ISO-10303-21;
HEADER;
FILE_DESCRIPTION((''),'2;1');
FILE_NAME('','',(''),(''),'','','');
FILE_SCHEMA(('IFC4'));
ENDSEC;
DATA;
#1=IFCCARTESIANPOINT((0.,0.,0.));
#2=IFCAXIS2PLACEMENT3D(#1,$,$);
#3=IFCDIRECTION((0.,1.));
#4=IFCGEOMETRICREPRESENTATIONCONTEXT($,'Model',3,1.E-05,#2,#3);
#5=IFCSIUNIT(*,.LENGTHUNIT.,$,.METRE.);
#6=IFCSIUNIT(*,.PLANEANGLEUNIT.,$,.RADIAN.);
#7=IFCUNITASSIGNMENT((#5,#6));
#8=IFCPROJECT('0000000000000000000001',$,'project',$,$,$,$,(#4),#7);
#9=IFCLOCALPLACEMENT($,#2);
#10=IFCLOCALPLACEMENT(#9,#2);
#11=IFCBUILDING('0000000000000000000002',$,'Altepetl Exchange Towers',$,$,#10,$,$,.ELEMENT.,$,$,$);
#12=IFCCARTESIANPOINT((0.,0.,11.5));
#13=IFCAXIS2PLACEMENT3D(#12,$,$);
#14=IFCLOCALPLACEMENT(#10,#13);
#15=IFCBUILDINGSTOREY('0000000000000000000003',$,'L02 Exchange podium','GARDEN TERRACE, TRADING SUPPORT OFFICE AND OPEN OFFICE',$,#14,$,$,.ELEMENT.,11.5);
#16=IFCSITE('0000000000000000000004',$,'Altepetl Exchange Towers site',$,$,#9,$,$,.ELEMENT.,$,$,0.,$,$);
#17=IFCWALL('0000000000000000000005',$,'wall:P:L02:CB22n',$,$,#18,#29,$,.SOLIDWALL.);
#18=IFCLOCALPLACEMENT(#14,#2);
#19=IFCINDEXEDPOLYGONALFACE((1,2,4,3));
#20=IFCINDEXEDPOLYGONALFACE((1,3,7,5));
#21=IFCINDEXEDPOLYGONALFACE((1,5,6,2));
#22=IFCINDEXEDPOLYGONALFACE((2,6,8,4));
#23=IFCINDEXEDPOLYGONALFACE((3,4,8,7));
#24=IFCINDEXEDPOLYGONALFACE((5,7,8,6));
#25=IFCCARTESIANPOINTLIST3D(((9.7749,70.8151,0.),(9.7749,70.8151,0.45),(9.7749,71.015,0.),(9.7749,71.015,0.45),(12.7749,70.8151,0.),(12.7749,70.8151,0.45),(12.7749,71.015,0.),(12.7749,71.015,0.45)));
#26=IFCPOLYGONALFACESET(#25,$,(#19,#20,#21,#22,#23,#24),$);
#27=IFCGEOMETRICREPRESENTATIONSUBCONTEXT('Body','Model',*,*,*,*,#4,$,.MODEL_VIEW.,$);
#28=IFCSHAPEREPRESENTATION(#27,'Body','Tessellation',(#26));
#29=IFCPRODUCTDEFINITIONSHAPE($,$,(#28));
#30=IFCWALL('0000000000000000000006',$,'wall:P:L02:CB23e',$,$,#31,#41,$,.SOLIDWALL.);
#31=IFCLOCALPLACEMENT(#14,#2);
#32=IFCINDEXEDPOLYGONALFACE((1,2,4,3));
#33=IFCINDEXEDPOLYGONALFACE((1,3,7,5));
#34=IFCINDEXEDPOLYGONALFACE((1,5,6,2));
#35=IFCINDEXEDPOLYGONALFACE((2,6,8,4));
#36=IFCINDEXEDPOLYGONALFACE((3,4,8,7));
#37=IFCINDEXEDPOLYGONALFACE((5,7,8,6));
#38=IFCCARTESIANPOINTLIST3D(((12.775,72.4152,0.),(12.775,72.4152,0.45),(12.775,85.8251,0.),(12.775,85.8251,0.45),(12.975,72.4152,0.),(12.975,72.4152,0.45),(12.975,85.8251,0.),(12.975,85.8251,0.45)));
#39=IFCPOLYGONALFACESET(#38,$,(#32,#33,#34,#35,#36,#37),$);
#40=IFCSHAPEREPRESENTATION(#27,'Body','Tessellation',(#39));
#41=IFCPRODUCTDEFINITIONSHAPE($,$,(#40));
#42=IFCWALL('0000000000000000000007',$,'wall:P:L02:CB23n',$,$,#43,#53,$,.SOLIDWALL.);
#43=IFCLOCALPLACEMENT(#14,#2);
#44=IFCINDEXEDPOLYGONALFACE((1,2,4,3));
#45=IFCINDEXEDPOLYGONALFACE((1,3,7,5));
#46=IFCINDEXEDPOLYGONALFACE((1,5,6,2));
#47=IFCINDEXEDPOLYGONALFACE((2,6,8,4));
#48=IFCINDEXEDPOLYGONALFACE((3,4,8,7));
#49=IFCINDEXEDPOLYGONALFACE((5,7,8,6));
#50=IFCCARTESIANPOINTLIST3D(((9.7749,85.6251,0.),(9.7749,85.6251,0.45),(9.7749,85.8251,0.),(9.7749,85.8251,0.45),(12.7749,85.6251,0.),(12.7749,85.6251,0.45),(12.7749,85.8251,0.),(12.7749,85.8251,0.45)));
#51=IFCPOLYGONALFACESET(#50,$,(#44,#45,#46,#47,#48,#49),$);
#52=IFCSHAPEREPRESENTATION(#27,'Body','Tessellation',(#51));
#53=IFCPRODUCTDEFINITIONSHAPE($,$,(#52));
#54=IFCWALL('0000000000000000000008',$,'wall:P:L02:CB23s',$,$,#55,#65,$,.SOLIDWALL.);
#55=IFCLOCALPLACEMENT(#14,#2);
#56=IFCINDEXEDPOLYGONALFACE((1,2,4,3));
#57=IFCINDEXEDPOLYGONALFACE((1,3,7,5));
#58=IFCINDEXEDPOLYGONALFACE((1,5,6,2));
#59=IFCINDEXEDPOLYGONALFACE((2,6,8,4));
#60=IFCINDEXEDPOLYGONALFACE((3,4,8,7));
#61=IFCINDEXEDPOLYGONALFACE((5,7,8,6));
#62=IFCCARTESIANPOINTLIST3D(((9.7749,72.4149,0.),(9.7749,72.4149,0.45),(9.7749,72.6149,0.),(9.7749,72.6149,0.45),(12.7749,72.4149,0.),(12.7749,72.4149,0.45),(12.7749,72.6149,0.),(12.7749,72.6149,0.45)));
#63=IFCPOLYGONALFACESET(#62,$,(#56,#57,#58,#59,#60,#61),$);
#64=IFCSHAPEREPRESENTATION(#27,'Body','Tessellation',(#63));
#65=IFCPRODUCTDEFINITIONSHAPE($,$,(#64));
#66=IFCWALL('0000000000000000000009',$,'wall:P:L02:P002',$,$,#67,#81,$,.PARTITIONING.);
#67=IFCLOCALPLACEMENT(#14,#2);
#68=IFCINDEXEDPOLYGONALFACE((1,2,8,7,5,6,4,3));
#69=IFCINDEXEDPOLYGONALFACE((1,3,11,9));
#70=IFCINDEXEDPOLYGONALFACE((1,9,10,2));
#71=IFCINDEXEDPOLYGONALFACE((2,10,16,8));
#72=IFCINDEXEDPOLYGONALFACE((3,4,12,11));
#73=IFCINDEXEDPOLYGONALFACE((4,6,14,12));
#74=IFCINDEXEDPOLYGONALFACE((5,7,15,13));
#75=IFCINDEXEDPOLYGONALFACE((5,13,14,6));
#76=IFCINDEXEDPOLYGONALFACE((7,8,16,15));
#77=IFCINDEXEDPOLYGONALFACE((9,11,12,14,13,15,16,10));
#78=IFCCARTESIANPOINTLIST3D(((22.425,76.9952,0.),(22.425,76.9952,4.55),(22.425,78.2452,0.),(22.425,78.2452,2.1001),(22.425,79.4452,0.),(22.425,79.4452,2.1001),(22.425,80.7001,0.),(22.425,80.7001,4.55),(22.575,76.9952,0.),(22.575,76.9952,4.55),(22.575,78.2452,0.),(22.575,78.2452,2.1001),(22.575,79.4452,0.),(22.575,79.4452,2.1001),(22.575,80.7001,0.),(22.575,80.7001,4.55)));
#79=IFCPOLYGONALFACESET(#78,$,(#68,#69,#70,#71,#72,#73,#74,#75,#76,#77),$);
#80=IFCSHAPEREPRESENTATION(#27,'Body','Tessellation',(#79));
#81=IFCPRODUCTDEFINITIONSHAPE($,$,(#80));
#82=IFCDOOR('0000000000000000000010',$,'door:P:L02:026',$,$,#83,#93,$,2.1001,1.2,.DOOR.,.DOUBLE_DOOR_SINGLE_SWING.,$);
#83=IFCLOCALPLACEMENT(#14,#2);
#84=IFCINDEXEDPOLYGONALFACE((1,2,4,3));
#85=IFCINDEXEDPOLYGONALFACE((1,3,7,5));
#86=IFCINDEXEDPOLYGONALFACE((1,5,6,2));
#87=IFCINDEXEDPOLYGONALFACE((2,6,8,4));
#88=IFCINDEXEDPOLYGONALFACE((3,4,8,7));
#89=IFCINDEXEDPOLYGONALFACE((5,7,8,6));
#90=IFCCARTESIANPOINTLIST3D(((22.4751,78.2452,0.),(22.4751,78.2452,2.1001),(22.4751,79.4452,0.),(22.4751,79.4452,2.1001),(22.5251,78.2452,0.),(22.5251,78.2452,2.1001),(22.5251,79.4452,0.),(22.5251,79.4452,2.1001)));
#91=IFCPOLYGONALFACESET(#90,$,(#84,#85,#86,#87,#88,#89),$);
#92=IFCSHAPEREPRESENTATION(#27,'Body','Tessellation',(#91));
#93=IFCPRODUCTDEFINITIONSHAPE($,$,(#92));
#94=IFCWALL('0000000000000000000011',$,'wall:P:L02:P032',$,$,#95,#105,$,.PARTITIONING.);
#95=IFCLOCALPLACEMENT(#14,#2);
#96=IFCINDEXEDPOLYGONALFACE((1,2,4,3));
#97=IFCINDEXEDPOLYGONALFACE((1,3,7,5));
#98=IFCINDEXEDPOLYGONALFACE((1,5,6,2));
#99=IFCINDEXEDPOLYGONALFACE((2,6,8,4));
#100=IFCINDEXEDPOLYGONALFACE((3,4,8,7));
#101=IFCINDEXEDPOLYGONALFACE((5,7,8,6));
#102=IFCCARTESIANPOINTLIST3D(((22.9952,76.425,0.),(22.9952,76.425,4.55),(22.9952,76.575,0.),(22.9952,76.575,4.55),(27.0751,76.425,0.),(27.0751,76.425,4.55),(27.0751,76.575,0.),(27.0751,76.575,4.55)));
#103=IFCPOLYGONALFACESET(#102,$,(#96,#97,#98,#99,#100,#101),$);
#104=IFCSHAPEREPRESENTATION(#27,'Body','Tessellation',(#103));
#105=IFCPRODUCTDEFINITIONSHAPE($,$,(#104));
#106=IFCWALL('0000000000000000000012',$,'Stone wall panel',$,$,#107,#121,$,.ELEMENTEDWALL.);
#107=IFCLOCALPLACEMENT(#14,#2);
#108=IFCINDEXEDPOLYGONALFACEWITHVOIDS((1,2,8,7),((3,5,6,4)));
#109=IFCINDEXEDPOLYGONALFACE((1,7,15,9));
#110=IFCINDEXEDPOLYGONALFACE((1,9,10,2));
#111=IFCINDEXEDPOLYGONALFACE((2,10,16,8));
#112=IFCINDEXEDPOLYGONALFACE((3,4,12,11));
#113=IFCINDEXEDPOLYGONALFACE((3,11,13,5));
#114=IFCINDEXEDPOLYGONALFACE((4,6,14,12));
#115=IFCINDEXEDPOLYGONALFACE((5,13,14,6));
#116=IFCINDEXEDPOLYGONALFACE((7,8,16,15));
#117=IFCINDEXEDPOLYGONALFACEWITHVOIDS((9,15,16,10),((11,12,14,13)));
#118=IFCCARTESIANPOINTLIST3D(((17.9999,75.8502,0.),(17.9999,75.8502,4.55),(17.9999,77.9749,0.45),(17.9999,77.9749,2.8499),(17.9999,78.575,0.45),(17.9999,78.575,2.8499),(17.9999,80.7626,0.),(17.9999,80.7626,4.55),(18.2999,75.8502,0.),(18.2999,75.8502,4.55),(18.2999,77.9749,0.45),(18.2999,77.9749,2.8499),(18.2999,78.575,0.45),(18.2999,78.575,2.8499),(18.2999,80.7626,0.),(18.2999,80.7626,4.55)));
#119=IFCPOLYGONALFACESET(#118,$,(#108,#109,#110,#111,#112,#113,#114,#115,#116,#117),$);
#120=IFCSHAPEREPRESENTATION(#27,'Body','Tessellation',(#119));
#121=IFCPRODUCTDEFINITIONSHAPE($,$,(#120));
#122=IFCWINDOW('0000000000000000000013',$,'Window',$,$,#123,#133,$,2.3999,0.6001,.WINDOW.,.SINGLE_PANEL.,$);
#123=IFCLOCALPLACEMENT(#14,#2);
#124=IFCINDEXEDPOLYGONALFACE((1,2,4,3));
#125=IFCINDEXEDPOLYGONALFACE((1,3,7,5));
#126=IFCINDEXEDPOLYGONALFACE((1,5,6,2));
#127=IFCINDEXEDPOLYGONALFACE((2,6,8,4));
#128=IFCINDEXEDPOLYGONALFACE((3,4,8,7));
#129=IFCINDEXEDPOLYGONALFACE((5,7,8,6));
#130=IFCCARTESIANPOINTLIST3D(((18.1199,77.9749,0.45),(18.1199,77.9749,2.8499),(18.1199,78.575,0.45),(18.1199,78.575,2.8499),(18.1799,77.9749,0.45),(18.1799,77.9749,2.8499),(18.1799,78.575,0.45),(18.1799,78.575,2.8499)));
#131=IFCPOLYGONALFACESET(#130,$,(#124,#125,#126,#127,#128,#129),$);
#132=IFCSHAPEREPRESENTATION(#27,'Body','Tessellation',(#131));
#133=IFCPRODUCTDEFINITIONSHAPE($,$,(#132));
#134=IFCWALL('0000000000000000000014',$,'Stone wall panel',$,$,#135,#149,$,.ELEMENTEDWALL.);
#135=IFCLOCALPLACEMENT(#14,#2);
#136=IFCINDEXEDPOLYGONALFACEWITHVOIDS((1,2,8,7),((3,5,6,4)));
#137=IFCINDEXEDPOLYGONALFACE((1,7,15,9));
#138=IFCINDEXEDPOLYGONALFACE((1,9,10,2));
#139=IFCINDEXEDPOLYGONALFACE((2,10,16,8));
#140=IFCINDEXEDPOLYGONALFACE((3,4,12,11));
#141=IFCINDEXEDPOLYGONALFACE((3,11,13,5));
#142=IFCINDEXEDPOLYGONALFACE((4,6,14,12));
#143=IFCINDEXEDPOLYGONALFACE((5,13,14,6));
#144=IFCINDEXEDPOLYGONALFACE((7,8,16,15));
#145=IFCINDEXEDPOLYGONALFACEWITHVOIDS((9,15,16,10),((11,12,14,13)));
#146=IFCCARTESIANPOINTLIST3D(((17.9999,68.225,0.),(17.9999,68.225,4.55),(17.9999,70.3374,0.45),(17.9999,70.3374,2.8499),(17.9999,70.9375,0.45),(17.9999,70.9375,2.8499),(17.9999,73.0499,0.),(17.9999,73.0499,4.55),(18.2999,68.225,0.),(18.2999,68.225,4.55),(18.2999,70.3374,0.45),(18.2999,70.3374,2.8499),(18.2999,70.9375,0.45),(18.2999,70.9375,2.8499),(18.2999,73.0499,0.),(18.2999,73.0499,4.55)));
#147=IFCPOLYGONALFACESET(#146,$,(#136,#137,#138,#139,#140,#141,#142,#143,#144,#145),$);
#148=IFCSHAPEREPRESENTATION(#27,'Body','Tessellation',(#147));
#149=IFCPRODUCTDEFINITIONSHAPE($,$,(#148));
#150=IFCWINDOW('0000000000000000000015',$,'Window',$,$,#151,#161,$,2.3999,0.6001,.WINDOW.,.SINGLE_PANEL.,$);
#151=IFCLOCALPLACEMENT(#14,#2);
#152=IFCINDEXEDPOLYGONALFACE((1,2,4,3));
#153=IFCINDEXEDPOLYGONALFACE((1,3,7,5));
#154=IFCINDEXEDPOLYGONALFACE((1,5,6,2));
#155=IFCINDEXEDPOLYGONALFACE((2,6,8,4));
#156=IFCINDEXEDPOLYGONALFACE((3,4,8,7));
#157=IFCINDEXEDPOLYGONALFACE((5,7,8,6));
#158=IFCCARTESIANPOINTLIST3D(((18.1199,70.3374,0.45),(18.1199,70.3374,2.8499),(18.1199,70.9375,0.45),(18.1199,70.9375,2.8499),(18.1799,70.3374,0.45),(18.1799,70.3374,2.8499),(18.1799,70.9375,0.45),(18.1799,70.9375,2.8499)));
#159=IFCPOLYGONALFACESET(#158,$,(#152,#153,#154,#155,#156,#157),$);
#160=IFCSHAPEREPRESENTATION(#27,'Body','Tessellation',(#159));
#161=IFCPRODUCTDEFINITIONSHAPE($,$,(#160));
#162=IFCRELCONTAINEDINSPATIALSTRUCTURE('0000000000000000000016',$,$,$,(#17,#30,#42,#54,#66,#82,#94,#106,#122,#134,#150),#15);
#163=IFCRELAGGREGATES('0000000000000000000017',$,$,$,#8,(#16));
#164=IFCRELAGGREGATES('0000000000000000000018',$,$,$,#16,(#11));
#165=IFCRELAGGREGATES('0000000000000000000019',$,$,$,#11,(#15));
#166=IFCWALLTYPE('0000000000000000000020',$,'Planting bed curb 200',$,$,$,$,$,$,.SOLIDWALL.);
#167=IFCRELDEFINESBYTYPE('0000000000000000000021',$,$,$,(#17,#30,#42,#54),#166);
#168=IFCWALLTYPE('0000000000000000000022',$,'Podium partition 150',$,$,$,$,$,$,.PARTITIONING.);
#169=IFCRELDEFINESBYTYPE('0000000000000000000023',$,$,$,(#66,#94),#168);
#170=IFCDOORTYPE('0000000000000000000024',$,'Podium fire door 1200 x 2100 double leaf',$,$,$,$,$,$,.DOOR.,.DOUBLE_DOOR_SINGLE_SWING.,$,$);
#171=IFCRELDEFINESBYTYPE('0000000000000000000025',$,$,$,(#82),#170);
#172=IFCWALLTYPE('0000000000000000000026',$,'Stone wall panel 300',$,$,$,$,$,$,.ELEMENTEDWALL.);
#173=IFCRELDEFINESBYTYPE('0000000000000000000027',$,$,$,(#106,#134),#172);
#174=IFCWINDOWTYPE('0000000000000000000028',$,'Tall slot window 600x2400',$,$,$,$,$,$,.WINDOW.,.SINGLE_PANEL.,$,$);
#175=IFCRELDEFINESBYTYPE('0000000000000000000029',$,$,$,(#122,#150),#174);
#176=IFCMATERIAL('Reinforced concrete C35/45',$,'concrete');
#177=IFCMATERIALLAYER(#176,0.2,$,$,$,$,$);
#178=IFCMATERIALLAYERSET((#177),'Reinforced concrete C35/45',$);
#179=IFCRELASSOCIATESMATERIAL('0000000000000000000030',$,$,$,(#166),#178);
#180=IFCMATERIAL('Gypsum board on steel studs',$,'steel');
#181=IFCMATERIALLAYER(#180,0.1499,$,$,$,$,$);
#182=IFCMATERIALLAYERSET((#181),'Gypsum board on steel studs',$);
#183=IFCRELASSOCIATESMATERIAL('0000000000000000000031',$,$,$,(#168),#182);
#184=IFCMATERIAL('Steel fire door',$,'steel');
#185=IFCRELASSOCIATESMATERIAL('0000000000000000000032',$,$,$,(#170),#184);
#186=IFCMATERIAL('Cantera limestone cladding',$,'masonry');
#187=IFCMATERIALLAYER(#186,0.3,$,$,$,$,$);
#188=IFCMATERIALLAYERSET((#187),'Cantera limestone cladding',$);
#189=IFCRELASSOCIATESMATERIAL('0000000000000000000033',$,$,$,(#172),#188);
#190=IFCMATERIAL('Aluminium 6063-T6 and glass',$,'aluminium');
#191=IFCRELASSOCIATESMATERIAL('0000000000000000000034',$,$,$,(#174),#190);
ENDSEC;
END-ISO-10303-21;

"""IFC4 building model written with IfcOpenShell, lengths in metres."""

from ifc_helpers import new_model, si_unit, direction, frame, frame_2d, origin, place, context, subcontext, project, spatial, rectangle, extrude, material, layer, layer_set, type_object, element, fill, save


model = new_model("IFC4")

# Units and contexts
model_context = context("Model", 3, precision=1e-05, world=origin(), true_north=direction((0.0, 1.0)))
body_context = subcontext(model_context, "Body", "Model", "MODEL_VIEW")
ifc_project = project(units=[si_unit("LENGTHUNIT", "METRE"), si_unit("PLANEANGLEUNIT", "RADIAN")], contexts=[model_context])

# Site, building, storey
site_placement = place(None, origin())
site = spatial("IfcSite", under=ifc_project, at=site_placement, Name="Altepetl Exchange Towers site", CompositionType="ELEMENT", RefElevation=0.0)
building_placement = place(site_placement, origin())
building = spatial("IfcBuilding", under=site, at=building_placement, Name="Altepetl Exchange Towers", CompositionType="ELEMENT")
storey_placement = place(building_placement, frame((0.0, 0.0, 11.5)))
storey = spatial("IfcBuildingStorey", under=building, at=storey_placement, Name="L02 Exchange podium", Description="GARDEN TERRACE, TRADING SUPPORT OFFICE AND OPEN OFFICE", CompositionType="ELEMENT", Elevation=11.5)

# Shared definitions
ifc_material_1 = material(Name="Aluminium 6063-T6 and glass", Category="aluminium")

# Walls
ifc_material_2 = material(Name="Reinforced concrete C35/45", Category="concrete")
ifc_layer_1 = layer(ifc_material_2, 0.2)
ifc_layer_set_1 = layer_set([ifc_layer_1], Name="Reinforced concrete C35/45")
wall_type_1 = type_object("IfcWallType", Name="Planting bed curb 200", PredefinedType="SOLIDWALL", material=ifc_layer_set_1)
wall_1_placement = place(storey_placement, frame((9.7749, 70.915, 0.0)))
element("IfcWall", 1, at=wall_1_placement, inside=storey, type_object=wall_type_1, Name="wall:P:L02:CB22n", PredefinedType="SOLIDWALL", context=body_context, shape_type="SweptSolid", body=[
    extrude(rectangle(XDim=3.0, YDim=0.2, at=frame_2d((1.5, 0.0))), origin(), (0.0, 0.0, 1.0), 0.45),
])
wall_2_placement = place(storey_placement, frame((12.875, 72.415, 0.0), z_axis=(0.0, 0.0, 1.0), x_axis=(0.0, 1.0, 0.0)))
element("IfcWall", 2, at=wall_2_placement, inside=storey, type_object=wall_type_1, Name="wall:P:L02:CB23e", PredefinedType="SOLIDWALL", context=body_context, shape_type="SweptSolid", body=[
    extrude(rectangle(XDim=13.4099, YDim=0.2, at=frame_2d((6.7051, 0.0))), origin(), (0.0, 0.0, 1.0), 0.45),
])
for number, where, name in (
    (3, (9.7749, 85.7251, 0.0), "wall:P:L02:CB23n"),
    (4, (9.7749, 72.5149, 0.0), "wall:P:L02:CB23s"),
):
    element("IfcWall", number, at=place(storey_placement, frame(where)), inside=storey, type_object=wall_type_1, Name=name, PredefinedType="SOLIDWALL", context=body_context, shape_type="SweptSolid", body=[
        extrude(rectangle(XDim=3.0, YDim=0.2, at=frame_2d((1.5, 0.0))), origin(), (0.0, 0.0, 1.0), 0.45),
    ])

# Wall, opening, door
ifc_material_3 = material(Name="Gypsum board on steel studs", Category="steel")
ifc_layer_2 = layer(ifc_material_3, 0.1499)
ifc_layer_set_2 = layer_set([ifc_layer_2], Name="Gypsum board on steel studs")
wall_type_2 = type_object("IfcWallType", Name="Podium partition 150", PredefinedType="PARTITIONING", material=ifc_layer_set_2)
wall_3_placement = place(storey_placement, frame((22.5, 76.9951, 0.0), z_axis=(0.0, 0.0, 1.0), x_axis=(0.0, 1.0, 0.0)))
wall_3 = element("IfcWall", 5, at=wall_3_placement, inside=storey, type_object=wall_type_2, Name="wall:P:L02:P002", PredefinedType="PARTITIONING", context=body_context, shape_type="SweptSolid", body=[
    extrude(rectangle(XDim=3.7048, YDim=0.1499, at=frame_2d((1.8525, 0.0))), origin(), (0.0, 0.0, 1.0), 4.55),
])
opening_1_placement = place(wall_3_placement, frame((1.25, 0.0, 0.0)))
opening_1 = element("IfcOpeningElement", 6, at=opening_1_placement, cuts=wall_3, PredefinedType="OPENING", context=body_context, shape_type="SweptSolid", body=[
    extrude(rectangle(XDim=1.2, YDim=2.1001, at=frame_2d((0.6001, 1.05))), frame((0.0, 0.085, 0.0), z_axis=(0.0, -1.0, 0.0), x_axis=(1.0, 0.0, 0.0)), (0.0, 0.0, 1.0), 0.1699),
])
ifc_material_4 = material(Name="Steel fire door", Category="steel")
door_type_1 = type_object("IfcDoorType", Name="Podium fire door 1200 x 2100 double leaf", OperationType="DOUBLE_DOOR_SINGLE_SWING", PredefinedType="DOOR", material=ifc_material_4)
door_1_placement = place(opening_1_placement, origin())
door_1 = element("IfcDoor", 7, at=door_1_placement, inside=storey, type_object=door_type_1, Name="door:P:L02:026", OperationType="DOUBLE_DOOR_SINGLE_SWING", OverallHeight=2.1001, OverallWidth=1.2, PredefinedType="DOOR", context=body_context, shape_type="SweptSolid", body=[
    extrude(rectangle(XDim=1.2, YDim=2.1001, at=frame_2d((0.6001, 1.05))), frame((0.0, 0.0249, 0.0), z_axis=(0.0, -1.0, 0.0), x_axis=(1.0, 0.0, 0.0)), (0.0, 0.0, 1.0), 0.05),
])
fill(opening_1, door_1)

# Wall
wall_4_placement = place(storey_placement, frame((22.9951, 76.5, 0.0)))
element("IfcWall", 8, at=wall_4_placement, inside=storey, type_object=wall_type_2, Name="wall:P:L02:P032", PredefinedType="PARTITIONING", context=body_context, shape_type="SweptSolid", body=[
    extrude(rectangle(XDim=4.0798, YDim=0.1499, at=frame_2d((2.04, 0.0))), origin(), (0.0, 0.0, 1.0), 4.55),
])

# Walls, openings, windows
ifc_material_5 = material(Name="Cantera limestone cladding", Category="masonry")
ifc_layer_3 = layer(ifc_material_5, 0.3)
ifc_layer_set_3 = layer_set([ifc_layer_3], Name="Cantera limestone cladding")
wall_type_3 = type_object("IfcWallType", Name="Stone wall panel 300", PredefinedType="ELEMENTEDWALL", material=ifc_layer_set_3)
wall_5_placement = place(storey_placement, frame((18.1499, 80.7625, 0.0), z_axis=(0.0, 0.0, 1.0), x_axis=(0.0, -1.0, 0.0)))
wall_5 = element("IfcWall", 9, at=wall_5_placement, inside=storey, type_object=wall_type_3, Name="Stone wall panel", PredefinedType="ELEMENTEDWALL", context=body_context, shape_type="SweptSolid", body=[
    extrude(rectangle(XDim=4.9124, YDim=0.3, at=frame_2d((2.4561, 0.0))), origin(), (0.0, 0.0, 1.0), 4.55),
])
opening_2_placement = place(wall_5_placement, frame((2.1875, 0.0, 0.45)))
opening_2 = element("IfcOpeningElement", 10, at=opening_2_placement, cuts=wall_5, PredefinedType="OPENING", context=body_context, shape_type="SweptSolid", body=[
    extrude(rectangle(XDim=0.6001, YDim=2.3999, at=frame_2d((0.3, 1.2))), frame((0.0, 0.1602, 0.0), z_axis=(0.0, -1.0, 0.0), x_axis=(1.0, 0.0, 0.0)), (0.0, 0.0, 1.0), 0.3201),
])
window_type = type_object("IfcWindowType", Name="Tall slot window 600x2400", PartitioningType="SINGLE_PANEL", PredefinedType="WINDOW", material=ifc_material_1)
window_1_placement = place(opening_2_placement, origin())
window_1 = element("IfcWindow", 11, at=window_1_placement, inside=storey, type_object=window_type, Name="Window", OverallHeight=2.3999, OverallWidth=0.6001, PartitioningType="SINGLE_PANEL", PredefinedType="WINDOW", context=body_context, shape_type="SweptSolid", body=[
    extrude(rectangle(XDim=0.6001, YDim=2.3999, at=frame_2d((0.3, 1.2))), frame((0.0, 0.03, 0.0), z_axis=(0.0, -1.0, 0.0), x_axis=(1.0, 0.0, 0.0)), (0.0, 0.0, 1.0), 0.0601),
])
fill(opening_2, window_1)
wall_6_placement = place(storey_placement, frame((18.1499, 73.05, 0.0), z_axis=(0.0, 0.0, 1.0), x_axis=(0.0, -1.0, 0.0)))
wall_6 = element("IfcWall", 12, at=wall_6_placement, inside=storey, type_object=wall_type_3, Name="Stone wall panel", PredefinedType="ELEMENTEDWALL", context=body_context, shape_type="SweptSolid", body=[
    extrude(rectangle(XDim=4.825, YDim=0.3, at=frame_2d((2.4126, 0.0))), origin(), (0.0, 0.0, 1.0), 4.55),
])
opening_3_placement = place(wall_6_placement, frame((2.1125, 0.0, 0.45)))
opening_3 = element("IfcOpeningElement", 13, at=opening_3_placement, cuts=wall_6, PredefinedType="OPENING", context=body_context, shape_type="SweptSolid", body=[
    extrude(rectangle(XDim=0.6001, YDim=2.3999, at=frame_2d((0.3, 1.2))), frame((0.0, 0.1602, 0.0), z_axis=(0.0, -1.0, 0.0), x_axis=(1.0, 0.0, 0.0)), (0.0, 0.0, 1.0), 0.3201),
])
window_2_placement = place(opening_3_placement, origin())
window_2 = element("IfcWindow", 14, at=window_2_placement, inside=storey, type_object=window_type, Name="Window", OverallHeight=2.3999, OverallWidth=0.6001, PartitioningType="SINGLE_PANEL", PredefinedType="WINDOW", context=body_context, shape_type="SweptSolid", body=[
    extrude(rectangle(XDim=0.6001, YDim=2.3999, at=frame_2d((0.3, 1.2))), frame((0.0, 0.03, 0.0), z_axis=(0.0, -1.0, 0.0), x_axis=(1.0, 0.0, 0.0)), (0.0, 0.0, 1.0), 0.0601),
])
fill(opening_3, window_2)

save(model, "model.ifc")
